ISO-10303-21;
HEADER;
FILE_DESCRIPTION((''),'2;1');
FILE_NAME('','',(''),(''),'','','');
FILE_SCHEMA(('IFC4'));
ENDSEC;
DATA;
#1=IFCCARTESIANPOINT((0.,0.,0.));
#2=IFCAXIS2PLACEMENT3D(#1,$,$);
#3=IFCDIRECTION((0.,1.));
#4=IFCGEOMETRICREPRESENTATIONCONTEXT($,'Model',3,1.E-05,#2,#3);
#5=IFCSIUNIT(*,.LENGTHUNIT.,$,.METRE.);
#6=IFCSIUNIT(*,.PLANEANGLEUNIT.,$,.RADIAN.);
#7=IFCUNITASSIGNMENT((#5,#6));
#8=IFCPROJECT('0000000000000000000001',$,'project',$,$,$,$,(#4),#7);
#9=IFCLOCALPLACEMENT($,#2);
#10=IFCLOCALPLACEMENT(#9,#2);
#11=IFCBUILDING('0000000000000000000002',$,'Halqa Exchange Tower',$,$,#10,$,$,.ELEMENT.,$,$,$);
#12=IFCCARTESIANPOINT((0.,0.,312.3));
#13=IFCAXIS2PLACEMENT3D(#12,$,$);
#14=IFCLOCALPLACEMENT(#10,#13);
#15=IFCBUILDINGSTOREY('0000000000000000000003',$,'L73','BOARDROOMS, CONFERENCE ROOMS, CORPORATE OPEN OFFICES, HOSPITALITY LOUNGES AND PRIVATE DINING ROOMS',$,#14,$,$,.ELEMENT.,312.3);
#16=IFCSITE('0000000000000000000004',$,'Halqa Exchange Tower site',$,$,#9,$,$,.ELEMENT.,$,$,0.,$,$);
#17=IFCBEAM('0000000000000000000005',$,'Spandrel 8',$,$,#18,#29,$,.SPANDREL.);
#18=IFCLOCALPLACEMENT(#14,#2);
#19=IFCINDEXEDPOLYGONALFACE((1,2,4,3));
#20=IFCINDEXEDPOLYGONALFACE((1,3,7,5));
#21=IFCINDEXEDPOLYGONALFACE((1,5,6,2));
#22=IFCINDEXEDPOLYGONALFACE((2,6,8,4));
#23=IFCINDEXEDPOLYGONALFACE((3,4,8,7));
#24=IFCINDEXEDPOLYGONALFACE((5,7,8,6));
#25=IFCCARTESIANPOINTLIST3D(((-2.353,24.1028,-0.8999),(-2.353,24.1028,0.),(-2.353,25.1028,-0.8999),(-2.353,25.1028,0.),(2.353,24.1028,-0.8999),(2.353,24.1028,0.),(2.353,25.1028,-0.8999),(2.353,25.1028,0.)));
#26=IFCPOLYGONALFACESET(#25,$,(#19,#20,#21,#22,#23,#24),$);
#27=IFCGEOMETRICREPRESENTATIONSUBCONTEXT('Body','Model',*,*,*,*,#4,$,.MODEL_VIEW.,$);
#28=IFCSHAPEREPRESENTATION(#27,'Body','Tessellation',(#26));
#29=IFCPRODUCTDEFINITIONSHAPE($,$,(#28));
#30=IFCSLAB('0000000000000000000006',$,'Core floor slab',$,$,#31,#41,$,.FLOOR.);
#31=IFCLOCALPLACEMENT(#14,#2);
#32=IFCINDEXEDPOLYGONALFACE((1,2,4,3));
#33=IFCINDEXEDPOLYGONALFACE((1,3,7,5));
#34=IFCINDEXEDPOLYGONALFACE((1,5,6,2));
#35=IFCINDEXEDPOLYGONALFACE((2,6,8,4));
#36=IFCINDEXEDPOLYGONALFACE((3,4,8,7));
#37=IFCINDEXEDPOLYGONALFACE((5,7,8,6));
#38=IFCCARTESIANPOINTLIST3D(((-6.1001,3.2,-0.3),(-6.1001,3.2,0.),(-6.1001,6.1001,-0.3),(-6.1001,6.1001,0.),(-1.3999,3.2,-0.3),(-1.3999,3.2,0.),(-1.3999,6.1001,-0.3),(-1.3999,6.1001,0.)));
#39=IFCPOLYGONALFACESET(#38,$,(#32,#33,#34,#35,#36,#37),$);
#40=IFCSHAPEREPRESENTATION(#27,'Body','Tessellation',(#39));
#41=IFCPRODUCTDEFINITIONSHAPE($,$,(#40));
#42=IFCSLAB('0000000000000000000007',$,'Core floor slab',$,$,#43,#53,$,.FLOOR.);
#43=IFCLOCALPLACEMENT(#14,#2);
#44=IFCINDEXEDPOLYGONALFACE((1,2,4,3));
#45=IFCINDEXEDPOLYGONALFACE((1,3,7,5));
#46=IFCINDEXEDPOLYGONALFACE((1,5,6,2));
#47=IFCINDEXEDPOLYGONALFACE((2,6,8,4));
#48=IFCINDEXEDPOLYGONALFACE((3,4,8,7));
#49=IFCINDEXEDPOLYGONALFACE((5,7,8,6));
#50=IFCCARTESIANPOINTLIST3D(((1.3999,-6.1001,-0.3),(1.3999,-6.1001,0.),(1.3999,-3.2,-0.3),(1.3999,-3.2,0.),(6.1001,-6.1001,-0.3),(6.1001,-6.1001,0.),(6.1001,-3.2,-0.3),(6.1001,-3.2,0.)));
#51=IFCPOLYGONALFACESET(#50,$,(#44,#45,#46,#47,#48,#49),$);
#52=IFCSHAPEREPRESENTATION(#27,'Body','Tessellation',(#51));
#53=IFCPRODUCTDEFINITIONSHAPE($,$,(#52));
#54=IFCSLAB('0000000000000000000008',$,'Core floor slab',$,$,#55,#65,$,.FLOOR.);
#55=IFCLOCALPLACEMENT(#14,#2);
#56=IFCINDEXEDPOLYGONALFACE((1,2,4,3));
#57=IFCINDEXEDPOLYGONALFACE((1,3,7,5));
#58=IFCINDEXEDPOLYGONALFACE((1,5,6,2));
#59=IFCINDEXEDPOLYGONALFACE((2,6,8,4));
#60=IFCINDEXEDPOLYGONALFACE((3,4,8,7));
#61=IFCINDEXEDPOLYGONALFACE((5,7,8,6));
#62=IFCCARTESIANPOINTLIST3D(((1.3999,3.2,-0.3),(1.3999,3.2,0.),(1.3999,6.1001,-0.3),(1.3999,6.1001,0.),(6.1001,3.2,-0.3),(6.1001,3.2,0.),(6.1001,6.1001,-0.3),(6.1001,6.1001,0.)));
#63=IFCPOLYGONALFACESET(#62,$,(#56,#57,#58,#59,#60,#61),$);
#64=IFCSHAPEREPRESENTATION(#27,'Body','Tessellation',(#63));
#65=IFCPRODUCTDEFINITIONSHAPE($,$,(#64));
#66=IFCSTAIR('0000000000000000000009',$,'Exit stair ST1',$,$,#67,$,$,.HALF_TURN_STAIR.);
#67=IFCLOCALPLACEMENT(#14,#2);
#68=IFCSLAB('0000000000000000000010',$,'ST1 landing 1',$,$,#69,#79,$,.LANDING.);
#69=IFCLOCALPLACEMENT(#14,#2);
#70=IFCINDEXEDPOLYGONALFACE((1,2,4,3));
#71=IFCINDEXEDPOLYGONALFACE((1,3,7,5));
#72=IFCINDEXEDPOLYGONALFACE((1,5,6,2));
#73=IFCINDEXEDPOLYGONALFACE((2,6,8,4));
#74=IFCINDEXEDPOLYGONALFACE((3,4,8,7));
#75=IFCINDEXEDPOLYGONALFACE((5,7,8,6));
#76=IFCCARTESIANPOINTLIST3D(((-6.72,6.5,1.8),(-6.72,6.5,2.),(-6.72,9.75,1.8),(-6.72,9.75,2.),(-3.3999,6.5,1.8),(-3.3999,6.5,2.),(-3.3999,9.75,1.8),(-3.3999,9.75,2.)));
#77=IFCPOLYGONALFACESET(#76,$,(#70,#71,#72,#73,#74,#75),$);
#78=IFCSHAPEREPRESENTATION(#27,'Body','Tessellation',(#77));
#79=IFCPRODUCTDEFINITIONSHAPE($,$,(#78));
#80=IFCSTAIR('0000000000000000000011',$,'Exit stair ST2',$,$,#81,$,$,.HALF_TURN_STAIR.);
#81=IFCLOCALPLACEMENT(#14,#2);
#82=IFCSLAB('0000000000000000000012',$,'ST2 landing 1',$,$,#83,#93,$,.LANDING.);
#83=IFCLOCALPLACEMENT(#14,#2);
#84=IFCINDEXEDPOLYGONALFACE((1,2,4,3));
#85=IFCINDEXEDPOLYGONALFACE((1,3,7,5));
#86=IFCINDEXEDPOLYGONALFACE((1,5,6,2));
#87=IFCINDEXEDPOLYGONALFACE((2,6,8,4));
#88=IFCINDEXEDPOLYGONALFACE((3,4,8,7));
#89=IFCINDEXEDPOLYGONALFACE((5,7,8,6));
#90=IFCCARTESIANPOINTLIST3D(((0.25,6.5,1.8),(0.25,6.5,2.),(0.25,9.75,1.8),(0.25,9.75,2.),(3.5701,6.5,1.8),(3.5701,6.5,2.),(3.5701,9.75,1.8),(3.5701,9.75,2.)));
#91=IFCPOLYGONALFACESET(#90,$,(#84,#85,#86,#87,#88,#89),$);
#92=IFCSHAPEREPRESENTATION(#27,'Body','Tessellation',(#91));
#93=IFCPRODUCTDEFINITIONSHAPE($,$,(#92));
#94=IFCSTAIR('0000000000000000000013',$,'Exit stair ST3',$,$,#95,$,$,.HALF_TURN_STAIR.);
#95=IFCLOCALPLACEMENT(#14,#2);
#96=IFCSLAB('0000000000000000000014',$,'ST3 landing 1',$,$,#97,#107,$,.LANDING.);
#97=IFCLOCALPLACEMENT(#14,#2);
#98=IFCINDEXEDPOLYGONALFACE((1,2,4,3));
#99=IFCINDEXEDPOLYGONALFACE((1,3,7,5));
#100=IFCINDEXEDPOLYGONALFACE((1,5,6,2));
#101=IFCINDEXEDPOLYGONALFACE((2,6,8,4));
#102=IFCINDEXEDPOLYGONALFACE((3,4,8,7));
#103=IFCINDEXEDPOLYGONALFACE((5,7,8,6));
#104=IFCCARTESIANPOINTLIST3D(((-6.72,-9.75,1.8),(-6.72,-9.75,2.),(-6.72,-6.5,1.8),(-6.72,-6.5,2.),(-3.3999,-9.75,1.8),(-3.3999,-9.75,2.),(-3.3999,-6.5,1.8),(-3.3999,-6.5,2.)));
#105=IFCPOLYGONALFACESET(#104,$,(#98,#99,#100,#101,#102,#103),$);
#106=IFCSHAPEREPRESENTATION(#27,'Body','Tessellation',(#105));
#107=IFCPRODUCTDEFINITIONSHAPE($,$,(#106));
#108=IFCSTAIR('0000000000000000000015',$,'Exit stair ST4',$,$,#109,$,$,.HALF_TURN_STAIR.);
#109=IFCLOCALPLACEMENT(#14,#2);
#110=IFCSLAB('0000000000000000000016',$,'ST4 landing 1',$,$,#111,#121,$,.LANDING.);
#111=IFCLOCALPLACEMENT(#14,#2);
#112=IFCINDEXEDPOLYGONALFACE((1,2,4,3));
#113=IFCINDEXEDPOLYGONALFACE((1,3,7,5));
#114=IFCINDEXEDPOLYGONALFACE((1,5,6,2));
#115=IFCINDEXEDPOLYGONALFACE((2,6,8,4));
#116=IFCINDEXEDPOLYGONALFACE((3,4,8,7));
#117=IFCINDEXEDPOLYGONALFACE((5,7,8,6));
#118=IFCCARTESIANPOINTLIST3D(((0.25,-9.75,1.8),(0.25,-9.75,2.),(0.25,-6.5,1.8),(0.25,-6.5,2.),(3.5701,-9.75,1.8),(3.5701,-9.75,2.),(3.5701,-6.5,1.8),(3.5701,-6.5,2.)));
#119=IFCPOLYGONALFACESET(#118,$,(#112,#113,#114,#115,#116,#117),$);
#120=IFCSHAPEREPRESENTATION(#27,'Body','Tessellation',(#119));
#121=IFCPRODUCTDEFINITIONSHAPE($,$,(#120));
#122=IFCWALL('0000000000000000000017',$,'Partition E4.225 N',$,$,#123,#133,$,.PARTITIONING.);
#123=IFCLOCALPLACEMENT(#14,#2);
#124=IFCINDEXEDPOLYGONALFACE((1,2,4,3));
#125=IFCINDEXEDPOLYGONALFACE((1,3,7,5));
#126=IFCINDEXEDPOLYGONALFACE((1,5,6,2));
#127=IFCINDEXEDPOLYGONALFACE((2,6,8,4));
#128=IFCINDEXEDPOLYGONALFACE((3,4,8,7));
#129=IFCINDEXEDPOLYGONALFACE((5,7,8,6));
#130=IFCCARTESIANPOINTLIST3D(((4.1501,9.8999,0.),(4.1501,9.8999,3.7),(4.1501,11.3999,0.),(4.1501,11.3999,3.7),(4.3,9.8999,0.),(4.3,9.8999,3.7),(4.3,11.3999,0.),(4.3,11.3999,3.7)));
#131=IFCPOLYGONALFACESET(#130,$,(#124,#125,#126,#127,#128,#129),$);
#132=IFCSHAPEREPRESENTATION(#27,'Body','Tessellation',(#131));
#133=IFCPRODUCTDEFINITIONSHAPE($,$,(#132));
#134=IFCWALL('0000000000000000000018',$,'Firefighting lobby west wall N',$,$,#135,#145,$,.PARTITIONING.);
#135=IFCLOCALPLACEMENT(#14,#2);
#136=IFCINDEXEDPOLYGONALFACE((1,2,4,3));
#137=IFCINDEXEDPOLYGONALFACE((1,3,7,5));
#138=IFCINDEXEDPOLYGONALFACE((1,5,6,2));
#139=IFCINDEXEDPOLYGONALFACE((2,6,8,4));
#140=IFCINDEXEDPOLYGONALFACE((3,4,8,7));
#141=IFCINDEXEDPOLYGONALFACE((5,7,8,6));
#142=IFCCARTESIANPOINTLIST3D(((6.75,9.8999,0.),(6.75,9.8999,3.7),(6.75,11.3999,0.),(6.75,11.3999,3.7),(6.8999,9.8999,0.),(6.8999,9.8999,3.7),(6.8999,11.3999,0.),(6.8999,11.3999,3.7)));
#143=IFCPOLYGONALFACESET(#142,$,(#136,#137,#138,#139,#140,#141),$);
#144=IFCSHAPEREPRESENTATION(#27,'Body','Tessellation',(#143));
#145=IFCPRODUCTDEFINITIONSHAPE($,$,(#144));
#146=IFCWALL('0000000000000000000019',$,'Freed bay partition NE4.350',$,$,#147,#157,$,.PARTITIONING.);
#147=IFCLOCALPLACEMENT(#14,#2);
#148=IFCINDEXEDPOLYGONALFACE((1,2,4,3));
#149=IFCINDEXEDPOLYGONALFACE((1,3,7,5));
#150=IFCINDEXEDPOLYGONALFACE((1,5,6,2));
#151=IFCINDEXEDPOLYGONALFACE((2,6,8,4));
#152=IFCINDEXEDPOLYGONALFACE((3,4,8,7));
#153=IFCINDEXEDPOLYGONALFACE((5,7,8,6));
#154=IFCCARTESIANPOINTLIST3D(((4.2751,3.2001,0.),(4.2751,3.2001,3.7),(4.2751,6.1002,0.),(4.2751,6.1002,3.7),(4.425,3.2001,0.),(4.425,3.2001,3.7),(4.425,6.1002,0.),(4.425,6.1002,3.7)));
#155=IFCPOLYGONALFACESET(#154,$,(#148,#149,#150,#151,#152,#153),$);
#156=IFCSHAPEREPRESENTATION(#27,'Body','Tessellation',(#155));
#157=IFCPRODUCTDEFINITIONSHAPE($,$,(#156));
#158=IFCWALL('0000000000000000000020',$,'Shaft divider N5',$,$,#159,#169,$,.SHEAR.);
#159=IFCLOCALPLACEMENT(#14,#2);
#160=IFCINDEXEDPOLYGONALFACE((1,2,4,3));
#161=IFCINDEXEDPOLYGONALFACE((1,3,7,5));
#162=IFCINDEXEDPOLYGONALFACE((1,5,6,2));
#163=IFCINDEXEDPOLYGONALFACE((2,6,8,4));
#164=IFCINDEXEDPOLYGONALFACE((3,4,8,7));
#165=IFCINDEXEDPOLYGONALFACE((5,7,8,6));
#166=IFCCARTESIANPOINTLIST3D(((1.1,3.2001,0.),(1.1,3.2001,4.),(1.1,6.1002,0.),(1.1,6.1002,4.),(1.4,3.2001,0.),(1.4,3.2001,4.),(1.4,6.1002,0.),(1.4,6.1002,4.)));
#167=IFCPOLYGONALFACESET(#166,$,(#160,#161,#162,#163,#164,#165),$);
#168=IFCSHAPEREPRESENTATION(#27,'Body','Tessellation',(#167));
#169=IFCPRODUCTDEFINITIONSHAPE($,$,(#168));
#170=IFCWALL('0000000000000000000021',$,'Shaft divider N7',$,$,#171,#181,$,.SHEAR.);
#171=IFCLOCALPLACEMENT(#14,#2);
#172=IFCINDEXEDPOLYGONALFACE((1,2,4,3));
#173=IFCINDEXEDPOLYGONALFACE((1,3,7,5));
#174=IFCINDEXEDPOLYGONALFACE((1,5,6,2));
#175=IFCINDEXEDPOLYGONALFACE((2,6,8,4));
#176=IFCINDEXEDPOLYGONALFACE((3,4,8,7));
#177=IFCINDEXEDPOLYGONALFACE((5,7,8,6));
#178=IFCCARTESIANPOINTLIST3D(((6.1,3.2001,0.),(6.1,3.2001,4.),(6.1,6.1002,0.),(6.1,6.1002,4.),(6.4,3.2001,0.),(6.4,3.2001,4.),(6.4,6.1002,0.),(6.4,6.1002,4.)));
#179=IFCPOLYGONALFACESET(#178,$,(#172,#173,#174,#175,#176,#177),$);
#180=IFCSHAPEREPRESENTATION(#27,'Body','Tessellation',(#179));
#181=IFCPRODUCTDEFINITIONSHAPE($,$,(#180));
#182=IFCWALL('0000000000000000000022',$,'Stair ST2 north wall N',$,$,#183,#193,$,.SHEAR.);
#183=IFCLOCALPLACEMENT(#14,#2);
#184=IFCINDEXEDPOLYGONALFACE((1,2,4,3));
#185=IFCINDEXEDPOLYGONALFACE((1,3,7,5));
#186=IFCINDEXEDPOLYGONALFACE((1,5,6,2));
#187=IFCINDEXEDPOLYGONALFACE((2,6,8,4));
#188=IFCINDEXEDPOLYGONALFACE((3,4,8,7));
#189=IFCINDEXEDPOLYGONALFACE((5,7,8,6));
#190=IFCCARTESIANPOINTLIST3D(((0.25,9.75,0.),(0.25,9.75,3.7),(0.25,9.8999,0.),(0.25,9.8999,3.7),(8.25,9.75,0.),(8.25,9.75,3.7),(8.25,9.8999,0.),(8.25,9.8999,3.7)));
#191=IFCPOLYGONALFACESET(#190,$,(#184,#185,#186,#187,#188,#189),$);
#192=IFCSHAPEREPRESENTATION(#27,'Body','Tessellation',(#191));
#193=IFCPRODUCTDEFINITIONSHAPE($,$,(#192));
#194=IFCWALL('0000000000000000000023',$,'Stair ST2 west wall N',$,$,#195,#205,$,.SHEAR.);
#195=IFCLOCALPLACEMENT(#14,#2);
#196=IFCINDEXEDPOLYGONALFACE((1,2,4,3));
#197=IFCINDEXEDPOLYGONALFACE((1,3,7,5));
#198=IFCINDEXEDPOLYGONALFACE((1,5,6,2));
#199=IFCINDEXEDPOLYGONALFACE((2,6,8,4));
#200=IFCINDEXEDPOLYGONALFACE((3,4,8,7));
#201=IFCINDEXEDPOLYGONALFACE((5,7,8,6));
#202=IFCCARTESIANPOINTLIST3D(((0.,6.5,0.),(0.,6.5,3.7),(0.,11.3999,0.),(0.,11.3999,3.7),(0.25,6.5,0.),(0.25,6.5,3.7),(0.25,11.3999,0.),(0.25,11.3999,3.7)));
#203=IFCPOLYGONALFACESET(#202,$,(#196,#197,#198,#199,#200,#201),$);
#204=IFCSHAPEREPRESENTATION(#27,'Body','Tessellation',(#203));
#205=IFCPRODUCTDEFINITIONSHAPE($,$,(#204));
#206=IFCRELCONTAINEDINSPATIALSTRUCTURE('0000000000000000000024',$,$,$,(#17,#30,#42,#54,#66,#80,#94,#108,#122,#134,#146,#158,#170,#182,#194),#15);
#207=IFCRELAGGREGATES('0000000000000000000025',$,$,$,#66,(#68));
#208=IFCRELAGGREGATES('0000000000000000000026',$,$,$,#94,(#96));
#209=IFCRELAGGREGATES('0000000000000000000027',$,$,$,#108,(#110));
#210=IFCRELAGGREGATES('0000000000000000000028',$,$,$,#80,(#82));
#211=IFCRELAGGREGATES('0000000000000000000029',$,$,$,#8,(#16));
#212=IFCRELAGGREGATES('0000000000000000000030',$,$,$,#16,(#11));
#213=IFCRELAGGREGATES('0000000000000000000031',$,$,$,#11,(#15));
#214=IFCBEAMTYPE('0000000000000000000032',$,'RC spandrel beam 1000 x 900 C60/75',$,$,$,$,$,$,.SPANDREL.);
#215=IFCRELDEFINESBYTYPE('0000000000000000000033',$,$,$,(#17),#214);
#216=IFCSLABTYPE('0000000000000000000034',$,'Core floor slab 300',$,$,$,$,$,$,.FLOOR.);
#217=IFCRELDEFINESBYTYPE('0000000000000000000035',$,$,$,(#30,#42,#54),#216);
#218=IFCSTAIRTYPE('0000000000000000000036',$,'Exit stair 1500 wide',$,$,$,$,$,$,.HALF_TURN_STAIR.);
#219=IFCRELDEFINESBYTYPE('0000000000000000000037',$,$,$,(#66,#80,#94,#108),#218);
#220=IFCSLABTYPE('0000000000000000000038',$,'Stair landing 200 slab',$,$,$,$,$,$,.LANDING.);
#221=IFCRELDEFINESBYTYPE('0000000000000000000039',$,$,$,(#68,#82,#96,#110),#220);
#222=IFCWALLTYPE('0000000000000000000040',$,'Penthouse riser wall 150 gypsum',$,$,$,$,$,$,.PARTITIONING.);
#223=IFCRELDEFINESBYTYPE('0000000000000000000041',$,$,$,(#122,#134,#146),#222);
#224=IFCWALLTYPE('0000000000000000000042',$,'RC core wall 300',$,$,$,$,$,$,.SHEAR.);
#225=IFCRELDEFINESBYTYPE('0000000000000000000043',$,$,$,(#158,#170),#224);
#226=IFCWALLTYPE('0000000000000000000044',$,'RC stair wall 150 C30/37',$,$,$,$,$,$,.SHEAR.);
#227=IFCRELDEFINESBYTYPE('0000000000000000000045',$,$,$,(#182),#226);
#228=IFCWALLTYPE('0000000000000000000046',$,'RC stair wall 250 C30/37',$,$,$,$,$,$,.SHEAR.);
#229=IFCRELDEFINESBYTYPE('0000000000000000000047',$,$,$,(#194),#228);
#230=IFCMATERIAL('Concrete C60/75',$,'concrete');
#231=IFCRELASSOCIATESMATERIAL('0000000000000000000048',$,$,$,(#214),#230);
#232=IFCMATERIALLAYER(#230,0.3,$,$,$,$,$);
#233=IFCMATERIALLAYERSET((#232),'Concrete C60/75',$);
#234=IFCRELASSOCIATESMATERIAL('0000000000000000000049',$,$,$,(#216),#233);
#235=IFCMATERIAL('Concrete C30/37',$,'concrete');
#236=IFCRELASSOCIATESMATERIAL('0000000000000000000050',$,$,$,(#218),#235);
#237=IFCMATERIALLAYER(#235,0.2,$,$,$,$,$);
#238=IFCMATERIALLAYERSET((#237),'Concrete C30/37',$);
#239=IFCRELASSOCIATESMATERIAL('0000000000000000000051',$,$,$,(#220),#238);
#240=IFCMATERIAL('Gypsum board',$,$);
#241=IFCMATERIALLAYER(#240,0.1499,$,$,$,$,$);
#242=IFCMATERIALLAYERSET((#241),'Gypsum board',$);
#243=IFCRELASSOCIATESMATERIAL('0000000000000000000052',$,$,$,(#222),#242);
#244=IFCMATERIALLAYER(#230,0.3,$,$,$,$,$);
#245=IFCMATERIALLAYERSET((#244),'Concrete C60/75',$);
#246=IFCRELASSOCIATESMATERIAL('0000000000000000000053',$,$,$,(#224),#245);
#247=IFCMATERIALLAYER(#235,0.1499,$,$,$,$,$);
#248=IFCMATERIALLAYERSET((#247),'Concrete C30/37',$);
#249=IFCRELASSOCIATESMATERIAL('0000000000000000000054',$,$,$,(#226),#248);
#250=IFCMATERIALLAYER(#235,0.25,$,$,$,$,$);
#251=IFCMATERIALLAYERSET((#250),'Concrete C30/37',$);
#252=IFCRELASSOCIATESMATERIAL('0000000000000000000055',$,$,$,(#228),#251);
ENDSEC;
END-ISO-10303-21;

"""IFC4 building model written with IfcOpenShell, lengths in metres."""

from ifc_helpers import new_model, si_unit, direction, frame, frame_2d, origin, origin_2d, place, context, subcontext, project, spatial, polyline, rectangle, outline, extrude, material, layer, layer_set, material_profile, profile_set, type_object, element, aggregate, save


model = new_model("IFC4")

# Units and contexts
model_context = context("Model", 3, precision=1e-05, world=origin(), true_north=direction((0.0, 1.0)))
body_context = subcontext(model_context, "Body", "Model", "MODEL_VIEW")
ifc_project = project(units=[si_unit("LENGTHUNIT", "METRE"), si_unit("PLANEANGLEUNIT", "RADIAN")], contexts=[model_context])

# Site, building, storey
site_placement = place(None, origin())
site = spatial("IfcSite", under=ifc_project, at=site_placement, Name="Halqa Exchange Tower site", CompositionType="ELEMENT", RefElevation=0.0)
building_placement = place(site_placement, origin())
building = spatial("IfcBuilding", under=site, at=building_placement, Name="Halqa Exchange Tower", CompositionType="ELEMENT")
storey_placement = place(building_placement, frame((0.0, 0.0, 312.3)))
storey = spatial("IfcBuildingStorey", under=building, at=storey_placement, Name="L73", Description="BOARDROOMS, CONFERENCE ROOMS, CORPORATE OPEN OFFICES, HOSPITALITY LOUNGES AND PRIVATE DINING ROOMS", CompositionType="ELEMENT", Elevation=312.3)

# Beam
ifc_material_1 = material(Name="Concrete C60/75", Category="concrete")
ifc_material_profile_1 = material_profile(ifc_material_1, rectangle(XDim=1.0, YDim=0.8999, at=origin_2d()), Name="1000 x 900")
ifc_profile_set_1 = profile_set([ifc_material_profile_1], Name="Concrete C60/75")
beam_type_1 = type_object("IfcBeamType", Name="RC spandrel beam 1000 x 900 C60/75", PredefinedType="SPANDREL", material=ifc_profile_set_1)
beam_1_placement = place(storey_placement, frame((2.353, 24.6028, -0.45), z_axis=(-1.0, 0.0, 0.0), x_axis=(0.0, -1.0, 0.0)))
element("IfcBeam", 1, at=beam_1_placement, inside=storey, type_object=beam_type_1, Name="Spandrel 8", PredefinedType="SPANDREL", context=body_context, shape_type="SweptSolid", body=[
    extrude(rectangle(XDim=1.0, YDim=0.8999, at=origin_2d()), origin(), (0.0, 0.0, 1.0), 4.7061),
])

# Slabs
ifc_layer_1 = layer(ifc_material_1, 0.3)
ifc_layer_set_1 = layer_set([ifc_layer_1], Name="Concrete C60/75")
slab_type_1 = type_object("IfcSlabType", Name="Core floor slab 300", PredefinedType="FLOOR", material=ifc_layer_set_1)
slab_1_placement = place(storey_placement, frame((0.0, 0.0, -0.3)))
element("IfcSlab", 2, at=slab_1_placement, inside=storey, type_object=slab_type_1, Name="Core floor slab", PredefinedType="FLOOR", context=body_context, shape_type="SweptSolid", body=[
    extrude(outline(polyline([(-1.3999, 3.2), (-6.1001, 3.2), (-6.1001, 6.1001), (-1.3999, 6.1001), (-1.3999, 3.2)])), origin(), (0.0, 0.0, 1.0), 0.3),
])
slab_2_placement = place(storey_placement, frame((0.0, 0.0, -0.3)))
element("IfcSlab", 3, at=slab_2_placement, inside=storey, type_object=slab_type_1, Name="Core floor slab", PredefinedType="FLOOR", context=body_context, shape_type="SweptSolid", body=[
    extrude(outline(polyline([(6.1001, -3.2), (6.1001, -6.1001), (1.3999, -6.1001), (1.3999, -3.2), (6.1001, -3.2)])), origin(), (0.0, 0.0, 1.0), 0.3),
])
slab_3_placement = place(storey_placement, frame((0.0, 0.0, -0.3)))
element("IfcSlab", 4, at=slab_3_placement, inside=storey, type_object=slab_type_1, Name="Core floor slab", PredefinedType="FLOOR", context=body_context, shape_type="SweptSolid", body=[
    extrude(outline(polyline([(6.1001, 6.1001), (6.1001, 3.2), (1.3999, 3.2), (1.3999, 6.1001), (6.1001, 6.1001)])), origin(), (0.0, 0.0, 1.0), 0.3),
])

# Stairs, slabs
ifc_material_2 = material(Name="Concrete C30/37", Category="concrete")
stair_type = type_object("IfcStairType", Name="Exit stair 1500 wide", PredefinedType="HALF_TURN_STAIR", material=ifc_material_2)
stair_1_placement = place(storey_placement, origin())
stair_1 = element("IfcStair", 5, at=stair_1_placement, inside=storey, type_object=stair_type, Name="Exit stair ST1", PredefinedType="HALF_TURN_STAIR")
ifc_layer_2 = layer(ifc_material_2, 0.2)
ifc_layer_set_2 = layer_set([ifc_layer_2], Name="Concrete C30/37")
slab_type_2 = type_object("IfcSlabType", Name="Stair landing 200 slab", PredefinedType="LANDING", material=ifc_layer_set_2)
slab_4_placement = place(storey_placement, frame((0.0, 0.0, 1.8)))
slab_4 = element("IfcSlab", 6, at=slab_4_placement, type_object=slab_type_2, Name="ST1 landing 1", PredefinedType="LANDING", context=body_context, shape_type="SweptSolid", body=[
    extrude(outline(polyline([(-6.72, 6.5), (-3.3999, 6.5), (-3.3999, 9.75), (-6.72, 9.75), (-6.72, 6.5)])), origin(), (0.0, 0.0, 1.0), 0.2),
])
aggregate(stair_1, [slab_4])
stair_2_placement = place(storey_placement, origin())
stair_2 = element("IfcStair", 7, at=stair_2_placement, inside=storey, type_object=stair_type, Name="Exit stair ST2", PredefinedType="HALF_TURN_STAIR")
slab_5_placement = place(storey_placement, frame((0.0, 0.0, 1.8)))
slab_5 = element("IfcSlab", 8, at=slab_5_placement, type_object=slab_type_2, Name="ST2 landing 1", PredefinedType="LANDING", context=body_context, shape_type="SweptSolid", body=[
    extrude(outline(polyline([(0.25, 6.5), (3.5701, 6.5), (3.5701, 9.75), (0.25, 9.75), (0.25, 6.5)])), origin(), (0.0, 0.0, 1.0), 0.2),
])
stair_3_placement = place(storey_placement, origin())
stair_3 = element("IfcStair", 9, at=stair_3_placement, inside=storey, type_object=stair_type, Name="Exit stair ST3", PredefinedType="HALF_TURN_STAIR")
slab_6_placement = place(storey_placement, frame((0.0, 0.0, 1.8)))
slab_6 = element("IfcSlab", 10, at=slab_6_placement, type_object=slab_type_2, Name="ST3 landing 1", PredefinedType="LANDING", context=body_context, shape_type="SweptSolid", body=[
    extrude(outline(polyline([(-6.72, -9.75), (-3.3999, -9.75), (-3.3999, -6.5), (-6.72, -6.5), (-6.72, -9.75)])), origin(), (0.0, 0.0, 1.0), 0.2),
])
aggregate(stair_3, [slab_6])
stair_4_placement = place(storey_placement, origin())
stair_4 = element("IfcStair", 11, at=stair_4_placement, inside=storey, type_object=stair_type, Name="Exit stair ST4", PredefinedType="HALF_TURN_STAIR")
slab_7_placement = place(storey_placement, frame((0.0, 0.0, 1.8)))
slab_7 = element("IfcSlab", 12, at=slab_7_placement, type_object=slab_type_2, Name="ST4 landing 1", PredefinedType="LANDING", context=body_context, shape_type="SweptSolid", body=[
    extrude(outline(polyline([(0.25, -9.75), (3.5701, -9.75), (3.5701, -6.5), (0.25, -6.5), (0.25, -9.75)])), origin(), (0.0, 0.0, 1.0), 0.2),
])
aggregate(stair_4, [slab_7])

# Walls
ifc_material_3 = material(Name="Gypsum board")
ifc_layer_3 = layer(ifc_material_3, 0.1499)
ifc_layer_set_3 = layer_set([ifc_layer_3], Name="Gypsum board")
wall_type_1 = type_object("IfcWallType", Name="Penthouse riser wall 150 gypsum", PredefinedType="PARTITIONING", material=ifc_layer_set_3)
for number, where, z_axis, x_axis, name in (
    (13, (4.2251, 9.8999, 0.0), (0.0, 0.0, 1.0), (0.0, 1.0, 0.0), "Partition E4.225 N"),
    (14, (6.825, 9.8999, 0.0), (0.0, 0.0, 1.0), (0.0, 1.0, 0.0), "Firefighting lobby west wall N"),
):
    element("IfcWall", number, at=place(storey_placement, frame(where, z_axis=z_axis, x_axis=x_axis)), inside=storey, type_object=wall_type_1, Name=name, PredefinedType="PARTITIONING", context=body_context, shape_type="SweptSolid", body=[
        extrude(rectangle(XDim=1.5, YDim=0.1499, at=frame_2d((0.75, 0.0))), origin(), (0.0, 0.0, 1.0), 3.7),
    ])
wall_1_placement = place(storey_placement, frame((4.3501, 3.2, 0.0), z_axis=(0.0, 0.0, 1.0), x_axis=(0.0, 1.0, 0.0)))
element("IfcWall", 15, at=wall_1_placement, inside=storey, type_object=wall_type_1, Name="Freed bay partition NE4.350", PredefinedType="PARTITIONING", context=body_context, shape_type="SweptSolid", body=[
    extrude(rectangle(XDim=2.9001, YDim=0.1499, at=frame_2d((1.4502, 0.0))), origin(), (0.0, 0.0, 1.0), 3.7),
])
ifc_layer_4 = layer(ifc_material_1, 0.3)
ifc_layer_set_4 = layer_set([ifc_layer_4], Name="Concrete C60/75")
wall_type_2 = type_object("IfcWallType", Name="RC core wall 300", PredefinedType="SHEAR", material=ifc_layer_set_4)
for number, where, z_axis, x_axis, name in (
    (16, (1.25, 3.2, 0.0), (0.0, 0.0, 1.0), (0.0, 1.0, 0.0), "Shaft divider N5"),
    (17, (6.25, 3.2, 0.0), (0.0, 0.0, 1.0), (0.0, 1.0, 0.0), "Shaft divider N7"),
):
    element("IfcWall", number, at=place(storey_placement, frame(where, z_axis=z_axis, x_axis=x_axis)), inside=storey, type_object=wall_type_2, Name=name, PredefinedType="SHEAR", context=body_context, shape_type="SweptSolid", body=[
        extrude(rectangle(XDim=2.9001, YDim=0.3, at=frame_2d((1.4502, 0.0))), origin(), (0.0, 0.0, 1.0), 4.0),
    ])
ifc_layer_5 = layer(ifc_material_2, 0.1499)
ifc_layer_set_5 = layer_set([ifc_layer_5], Name="Concrete C30/37")
wall_type_3 = type_object("IfcWallType", Name="RC stair wall 150 C30/37", PredefinedType="SHEAR", material=ifc_layer_set_5)
wall_2_placement = place(storey_placement, frame((0.25, 9.825, 0.0), z_axis=(0.0, 0.0, 1.0), x_axis=(1.0, 0.0, 0.0)))
element("IfcWall", 18, at=wall_2_placement, inside=storey, type_object=wall_type_3, Name="Stair ST2 north wall N", PredefinedType="SHEAR", context=body_context, shape_type="SweptSolid", body=[
    extrude(rectangle(XDim=8.0, YDim=0.1499, at=frame_2d((4.0, 0.0))), origin(), (0.0, 0.0, 1.0), 3.7),
])
ifc_layer_6 = layer(ifc_material_2, 0.25)
ifc_layer_set_6 = layer_set([ifc_layer_6], Name="Concrete C30/37")
wall_type_4 = type_object("IfcWallType", Name="RC stair wall 250 C30/37", PredefinedType="SHEAR", material=ifc_layer_set_6)
wall_3_placement = place(storey_placement, frame((0.125, 6.5, 0.0), z_axis=(0.0, 0.0, 1.0), x_axis=(0.0, 1.0, 0.0)))
element("IfcWall", 19, at=wall_3_placement, inside=storey, type_object=wall_type_4, Name="Stair ST2 west wall N", PredefinedType="SHEAR", context=body_context, shape_type="SweptSolid", body=[
    extrude(rectangle(XDim=4.8999, YDim=0.25, at=frame_2d((2.45, 0.0))), origin(), (0.0, 0.0, 1.0), 3.7),
])

aggregate(stair_2, [slab_5])

save(model, "model.ifc")
